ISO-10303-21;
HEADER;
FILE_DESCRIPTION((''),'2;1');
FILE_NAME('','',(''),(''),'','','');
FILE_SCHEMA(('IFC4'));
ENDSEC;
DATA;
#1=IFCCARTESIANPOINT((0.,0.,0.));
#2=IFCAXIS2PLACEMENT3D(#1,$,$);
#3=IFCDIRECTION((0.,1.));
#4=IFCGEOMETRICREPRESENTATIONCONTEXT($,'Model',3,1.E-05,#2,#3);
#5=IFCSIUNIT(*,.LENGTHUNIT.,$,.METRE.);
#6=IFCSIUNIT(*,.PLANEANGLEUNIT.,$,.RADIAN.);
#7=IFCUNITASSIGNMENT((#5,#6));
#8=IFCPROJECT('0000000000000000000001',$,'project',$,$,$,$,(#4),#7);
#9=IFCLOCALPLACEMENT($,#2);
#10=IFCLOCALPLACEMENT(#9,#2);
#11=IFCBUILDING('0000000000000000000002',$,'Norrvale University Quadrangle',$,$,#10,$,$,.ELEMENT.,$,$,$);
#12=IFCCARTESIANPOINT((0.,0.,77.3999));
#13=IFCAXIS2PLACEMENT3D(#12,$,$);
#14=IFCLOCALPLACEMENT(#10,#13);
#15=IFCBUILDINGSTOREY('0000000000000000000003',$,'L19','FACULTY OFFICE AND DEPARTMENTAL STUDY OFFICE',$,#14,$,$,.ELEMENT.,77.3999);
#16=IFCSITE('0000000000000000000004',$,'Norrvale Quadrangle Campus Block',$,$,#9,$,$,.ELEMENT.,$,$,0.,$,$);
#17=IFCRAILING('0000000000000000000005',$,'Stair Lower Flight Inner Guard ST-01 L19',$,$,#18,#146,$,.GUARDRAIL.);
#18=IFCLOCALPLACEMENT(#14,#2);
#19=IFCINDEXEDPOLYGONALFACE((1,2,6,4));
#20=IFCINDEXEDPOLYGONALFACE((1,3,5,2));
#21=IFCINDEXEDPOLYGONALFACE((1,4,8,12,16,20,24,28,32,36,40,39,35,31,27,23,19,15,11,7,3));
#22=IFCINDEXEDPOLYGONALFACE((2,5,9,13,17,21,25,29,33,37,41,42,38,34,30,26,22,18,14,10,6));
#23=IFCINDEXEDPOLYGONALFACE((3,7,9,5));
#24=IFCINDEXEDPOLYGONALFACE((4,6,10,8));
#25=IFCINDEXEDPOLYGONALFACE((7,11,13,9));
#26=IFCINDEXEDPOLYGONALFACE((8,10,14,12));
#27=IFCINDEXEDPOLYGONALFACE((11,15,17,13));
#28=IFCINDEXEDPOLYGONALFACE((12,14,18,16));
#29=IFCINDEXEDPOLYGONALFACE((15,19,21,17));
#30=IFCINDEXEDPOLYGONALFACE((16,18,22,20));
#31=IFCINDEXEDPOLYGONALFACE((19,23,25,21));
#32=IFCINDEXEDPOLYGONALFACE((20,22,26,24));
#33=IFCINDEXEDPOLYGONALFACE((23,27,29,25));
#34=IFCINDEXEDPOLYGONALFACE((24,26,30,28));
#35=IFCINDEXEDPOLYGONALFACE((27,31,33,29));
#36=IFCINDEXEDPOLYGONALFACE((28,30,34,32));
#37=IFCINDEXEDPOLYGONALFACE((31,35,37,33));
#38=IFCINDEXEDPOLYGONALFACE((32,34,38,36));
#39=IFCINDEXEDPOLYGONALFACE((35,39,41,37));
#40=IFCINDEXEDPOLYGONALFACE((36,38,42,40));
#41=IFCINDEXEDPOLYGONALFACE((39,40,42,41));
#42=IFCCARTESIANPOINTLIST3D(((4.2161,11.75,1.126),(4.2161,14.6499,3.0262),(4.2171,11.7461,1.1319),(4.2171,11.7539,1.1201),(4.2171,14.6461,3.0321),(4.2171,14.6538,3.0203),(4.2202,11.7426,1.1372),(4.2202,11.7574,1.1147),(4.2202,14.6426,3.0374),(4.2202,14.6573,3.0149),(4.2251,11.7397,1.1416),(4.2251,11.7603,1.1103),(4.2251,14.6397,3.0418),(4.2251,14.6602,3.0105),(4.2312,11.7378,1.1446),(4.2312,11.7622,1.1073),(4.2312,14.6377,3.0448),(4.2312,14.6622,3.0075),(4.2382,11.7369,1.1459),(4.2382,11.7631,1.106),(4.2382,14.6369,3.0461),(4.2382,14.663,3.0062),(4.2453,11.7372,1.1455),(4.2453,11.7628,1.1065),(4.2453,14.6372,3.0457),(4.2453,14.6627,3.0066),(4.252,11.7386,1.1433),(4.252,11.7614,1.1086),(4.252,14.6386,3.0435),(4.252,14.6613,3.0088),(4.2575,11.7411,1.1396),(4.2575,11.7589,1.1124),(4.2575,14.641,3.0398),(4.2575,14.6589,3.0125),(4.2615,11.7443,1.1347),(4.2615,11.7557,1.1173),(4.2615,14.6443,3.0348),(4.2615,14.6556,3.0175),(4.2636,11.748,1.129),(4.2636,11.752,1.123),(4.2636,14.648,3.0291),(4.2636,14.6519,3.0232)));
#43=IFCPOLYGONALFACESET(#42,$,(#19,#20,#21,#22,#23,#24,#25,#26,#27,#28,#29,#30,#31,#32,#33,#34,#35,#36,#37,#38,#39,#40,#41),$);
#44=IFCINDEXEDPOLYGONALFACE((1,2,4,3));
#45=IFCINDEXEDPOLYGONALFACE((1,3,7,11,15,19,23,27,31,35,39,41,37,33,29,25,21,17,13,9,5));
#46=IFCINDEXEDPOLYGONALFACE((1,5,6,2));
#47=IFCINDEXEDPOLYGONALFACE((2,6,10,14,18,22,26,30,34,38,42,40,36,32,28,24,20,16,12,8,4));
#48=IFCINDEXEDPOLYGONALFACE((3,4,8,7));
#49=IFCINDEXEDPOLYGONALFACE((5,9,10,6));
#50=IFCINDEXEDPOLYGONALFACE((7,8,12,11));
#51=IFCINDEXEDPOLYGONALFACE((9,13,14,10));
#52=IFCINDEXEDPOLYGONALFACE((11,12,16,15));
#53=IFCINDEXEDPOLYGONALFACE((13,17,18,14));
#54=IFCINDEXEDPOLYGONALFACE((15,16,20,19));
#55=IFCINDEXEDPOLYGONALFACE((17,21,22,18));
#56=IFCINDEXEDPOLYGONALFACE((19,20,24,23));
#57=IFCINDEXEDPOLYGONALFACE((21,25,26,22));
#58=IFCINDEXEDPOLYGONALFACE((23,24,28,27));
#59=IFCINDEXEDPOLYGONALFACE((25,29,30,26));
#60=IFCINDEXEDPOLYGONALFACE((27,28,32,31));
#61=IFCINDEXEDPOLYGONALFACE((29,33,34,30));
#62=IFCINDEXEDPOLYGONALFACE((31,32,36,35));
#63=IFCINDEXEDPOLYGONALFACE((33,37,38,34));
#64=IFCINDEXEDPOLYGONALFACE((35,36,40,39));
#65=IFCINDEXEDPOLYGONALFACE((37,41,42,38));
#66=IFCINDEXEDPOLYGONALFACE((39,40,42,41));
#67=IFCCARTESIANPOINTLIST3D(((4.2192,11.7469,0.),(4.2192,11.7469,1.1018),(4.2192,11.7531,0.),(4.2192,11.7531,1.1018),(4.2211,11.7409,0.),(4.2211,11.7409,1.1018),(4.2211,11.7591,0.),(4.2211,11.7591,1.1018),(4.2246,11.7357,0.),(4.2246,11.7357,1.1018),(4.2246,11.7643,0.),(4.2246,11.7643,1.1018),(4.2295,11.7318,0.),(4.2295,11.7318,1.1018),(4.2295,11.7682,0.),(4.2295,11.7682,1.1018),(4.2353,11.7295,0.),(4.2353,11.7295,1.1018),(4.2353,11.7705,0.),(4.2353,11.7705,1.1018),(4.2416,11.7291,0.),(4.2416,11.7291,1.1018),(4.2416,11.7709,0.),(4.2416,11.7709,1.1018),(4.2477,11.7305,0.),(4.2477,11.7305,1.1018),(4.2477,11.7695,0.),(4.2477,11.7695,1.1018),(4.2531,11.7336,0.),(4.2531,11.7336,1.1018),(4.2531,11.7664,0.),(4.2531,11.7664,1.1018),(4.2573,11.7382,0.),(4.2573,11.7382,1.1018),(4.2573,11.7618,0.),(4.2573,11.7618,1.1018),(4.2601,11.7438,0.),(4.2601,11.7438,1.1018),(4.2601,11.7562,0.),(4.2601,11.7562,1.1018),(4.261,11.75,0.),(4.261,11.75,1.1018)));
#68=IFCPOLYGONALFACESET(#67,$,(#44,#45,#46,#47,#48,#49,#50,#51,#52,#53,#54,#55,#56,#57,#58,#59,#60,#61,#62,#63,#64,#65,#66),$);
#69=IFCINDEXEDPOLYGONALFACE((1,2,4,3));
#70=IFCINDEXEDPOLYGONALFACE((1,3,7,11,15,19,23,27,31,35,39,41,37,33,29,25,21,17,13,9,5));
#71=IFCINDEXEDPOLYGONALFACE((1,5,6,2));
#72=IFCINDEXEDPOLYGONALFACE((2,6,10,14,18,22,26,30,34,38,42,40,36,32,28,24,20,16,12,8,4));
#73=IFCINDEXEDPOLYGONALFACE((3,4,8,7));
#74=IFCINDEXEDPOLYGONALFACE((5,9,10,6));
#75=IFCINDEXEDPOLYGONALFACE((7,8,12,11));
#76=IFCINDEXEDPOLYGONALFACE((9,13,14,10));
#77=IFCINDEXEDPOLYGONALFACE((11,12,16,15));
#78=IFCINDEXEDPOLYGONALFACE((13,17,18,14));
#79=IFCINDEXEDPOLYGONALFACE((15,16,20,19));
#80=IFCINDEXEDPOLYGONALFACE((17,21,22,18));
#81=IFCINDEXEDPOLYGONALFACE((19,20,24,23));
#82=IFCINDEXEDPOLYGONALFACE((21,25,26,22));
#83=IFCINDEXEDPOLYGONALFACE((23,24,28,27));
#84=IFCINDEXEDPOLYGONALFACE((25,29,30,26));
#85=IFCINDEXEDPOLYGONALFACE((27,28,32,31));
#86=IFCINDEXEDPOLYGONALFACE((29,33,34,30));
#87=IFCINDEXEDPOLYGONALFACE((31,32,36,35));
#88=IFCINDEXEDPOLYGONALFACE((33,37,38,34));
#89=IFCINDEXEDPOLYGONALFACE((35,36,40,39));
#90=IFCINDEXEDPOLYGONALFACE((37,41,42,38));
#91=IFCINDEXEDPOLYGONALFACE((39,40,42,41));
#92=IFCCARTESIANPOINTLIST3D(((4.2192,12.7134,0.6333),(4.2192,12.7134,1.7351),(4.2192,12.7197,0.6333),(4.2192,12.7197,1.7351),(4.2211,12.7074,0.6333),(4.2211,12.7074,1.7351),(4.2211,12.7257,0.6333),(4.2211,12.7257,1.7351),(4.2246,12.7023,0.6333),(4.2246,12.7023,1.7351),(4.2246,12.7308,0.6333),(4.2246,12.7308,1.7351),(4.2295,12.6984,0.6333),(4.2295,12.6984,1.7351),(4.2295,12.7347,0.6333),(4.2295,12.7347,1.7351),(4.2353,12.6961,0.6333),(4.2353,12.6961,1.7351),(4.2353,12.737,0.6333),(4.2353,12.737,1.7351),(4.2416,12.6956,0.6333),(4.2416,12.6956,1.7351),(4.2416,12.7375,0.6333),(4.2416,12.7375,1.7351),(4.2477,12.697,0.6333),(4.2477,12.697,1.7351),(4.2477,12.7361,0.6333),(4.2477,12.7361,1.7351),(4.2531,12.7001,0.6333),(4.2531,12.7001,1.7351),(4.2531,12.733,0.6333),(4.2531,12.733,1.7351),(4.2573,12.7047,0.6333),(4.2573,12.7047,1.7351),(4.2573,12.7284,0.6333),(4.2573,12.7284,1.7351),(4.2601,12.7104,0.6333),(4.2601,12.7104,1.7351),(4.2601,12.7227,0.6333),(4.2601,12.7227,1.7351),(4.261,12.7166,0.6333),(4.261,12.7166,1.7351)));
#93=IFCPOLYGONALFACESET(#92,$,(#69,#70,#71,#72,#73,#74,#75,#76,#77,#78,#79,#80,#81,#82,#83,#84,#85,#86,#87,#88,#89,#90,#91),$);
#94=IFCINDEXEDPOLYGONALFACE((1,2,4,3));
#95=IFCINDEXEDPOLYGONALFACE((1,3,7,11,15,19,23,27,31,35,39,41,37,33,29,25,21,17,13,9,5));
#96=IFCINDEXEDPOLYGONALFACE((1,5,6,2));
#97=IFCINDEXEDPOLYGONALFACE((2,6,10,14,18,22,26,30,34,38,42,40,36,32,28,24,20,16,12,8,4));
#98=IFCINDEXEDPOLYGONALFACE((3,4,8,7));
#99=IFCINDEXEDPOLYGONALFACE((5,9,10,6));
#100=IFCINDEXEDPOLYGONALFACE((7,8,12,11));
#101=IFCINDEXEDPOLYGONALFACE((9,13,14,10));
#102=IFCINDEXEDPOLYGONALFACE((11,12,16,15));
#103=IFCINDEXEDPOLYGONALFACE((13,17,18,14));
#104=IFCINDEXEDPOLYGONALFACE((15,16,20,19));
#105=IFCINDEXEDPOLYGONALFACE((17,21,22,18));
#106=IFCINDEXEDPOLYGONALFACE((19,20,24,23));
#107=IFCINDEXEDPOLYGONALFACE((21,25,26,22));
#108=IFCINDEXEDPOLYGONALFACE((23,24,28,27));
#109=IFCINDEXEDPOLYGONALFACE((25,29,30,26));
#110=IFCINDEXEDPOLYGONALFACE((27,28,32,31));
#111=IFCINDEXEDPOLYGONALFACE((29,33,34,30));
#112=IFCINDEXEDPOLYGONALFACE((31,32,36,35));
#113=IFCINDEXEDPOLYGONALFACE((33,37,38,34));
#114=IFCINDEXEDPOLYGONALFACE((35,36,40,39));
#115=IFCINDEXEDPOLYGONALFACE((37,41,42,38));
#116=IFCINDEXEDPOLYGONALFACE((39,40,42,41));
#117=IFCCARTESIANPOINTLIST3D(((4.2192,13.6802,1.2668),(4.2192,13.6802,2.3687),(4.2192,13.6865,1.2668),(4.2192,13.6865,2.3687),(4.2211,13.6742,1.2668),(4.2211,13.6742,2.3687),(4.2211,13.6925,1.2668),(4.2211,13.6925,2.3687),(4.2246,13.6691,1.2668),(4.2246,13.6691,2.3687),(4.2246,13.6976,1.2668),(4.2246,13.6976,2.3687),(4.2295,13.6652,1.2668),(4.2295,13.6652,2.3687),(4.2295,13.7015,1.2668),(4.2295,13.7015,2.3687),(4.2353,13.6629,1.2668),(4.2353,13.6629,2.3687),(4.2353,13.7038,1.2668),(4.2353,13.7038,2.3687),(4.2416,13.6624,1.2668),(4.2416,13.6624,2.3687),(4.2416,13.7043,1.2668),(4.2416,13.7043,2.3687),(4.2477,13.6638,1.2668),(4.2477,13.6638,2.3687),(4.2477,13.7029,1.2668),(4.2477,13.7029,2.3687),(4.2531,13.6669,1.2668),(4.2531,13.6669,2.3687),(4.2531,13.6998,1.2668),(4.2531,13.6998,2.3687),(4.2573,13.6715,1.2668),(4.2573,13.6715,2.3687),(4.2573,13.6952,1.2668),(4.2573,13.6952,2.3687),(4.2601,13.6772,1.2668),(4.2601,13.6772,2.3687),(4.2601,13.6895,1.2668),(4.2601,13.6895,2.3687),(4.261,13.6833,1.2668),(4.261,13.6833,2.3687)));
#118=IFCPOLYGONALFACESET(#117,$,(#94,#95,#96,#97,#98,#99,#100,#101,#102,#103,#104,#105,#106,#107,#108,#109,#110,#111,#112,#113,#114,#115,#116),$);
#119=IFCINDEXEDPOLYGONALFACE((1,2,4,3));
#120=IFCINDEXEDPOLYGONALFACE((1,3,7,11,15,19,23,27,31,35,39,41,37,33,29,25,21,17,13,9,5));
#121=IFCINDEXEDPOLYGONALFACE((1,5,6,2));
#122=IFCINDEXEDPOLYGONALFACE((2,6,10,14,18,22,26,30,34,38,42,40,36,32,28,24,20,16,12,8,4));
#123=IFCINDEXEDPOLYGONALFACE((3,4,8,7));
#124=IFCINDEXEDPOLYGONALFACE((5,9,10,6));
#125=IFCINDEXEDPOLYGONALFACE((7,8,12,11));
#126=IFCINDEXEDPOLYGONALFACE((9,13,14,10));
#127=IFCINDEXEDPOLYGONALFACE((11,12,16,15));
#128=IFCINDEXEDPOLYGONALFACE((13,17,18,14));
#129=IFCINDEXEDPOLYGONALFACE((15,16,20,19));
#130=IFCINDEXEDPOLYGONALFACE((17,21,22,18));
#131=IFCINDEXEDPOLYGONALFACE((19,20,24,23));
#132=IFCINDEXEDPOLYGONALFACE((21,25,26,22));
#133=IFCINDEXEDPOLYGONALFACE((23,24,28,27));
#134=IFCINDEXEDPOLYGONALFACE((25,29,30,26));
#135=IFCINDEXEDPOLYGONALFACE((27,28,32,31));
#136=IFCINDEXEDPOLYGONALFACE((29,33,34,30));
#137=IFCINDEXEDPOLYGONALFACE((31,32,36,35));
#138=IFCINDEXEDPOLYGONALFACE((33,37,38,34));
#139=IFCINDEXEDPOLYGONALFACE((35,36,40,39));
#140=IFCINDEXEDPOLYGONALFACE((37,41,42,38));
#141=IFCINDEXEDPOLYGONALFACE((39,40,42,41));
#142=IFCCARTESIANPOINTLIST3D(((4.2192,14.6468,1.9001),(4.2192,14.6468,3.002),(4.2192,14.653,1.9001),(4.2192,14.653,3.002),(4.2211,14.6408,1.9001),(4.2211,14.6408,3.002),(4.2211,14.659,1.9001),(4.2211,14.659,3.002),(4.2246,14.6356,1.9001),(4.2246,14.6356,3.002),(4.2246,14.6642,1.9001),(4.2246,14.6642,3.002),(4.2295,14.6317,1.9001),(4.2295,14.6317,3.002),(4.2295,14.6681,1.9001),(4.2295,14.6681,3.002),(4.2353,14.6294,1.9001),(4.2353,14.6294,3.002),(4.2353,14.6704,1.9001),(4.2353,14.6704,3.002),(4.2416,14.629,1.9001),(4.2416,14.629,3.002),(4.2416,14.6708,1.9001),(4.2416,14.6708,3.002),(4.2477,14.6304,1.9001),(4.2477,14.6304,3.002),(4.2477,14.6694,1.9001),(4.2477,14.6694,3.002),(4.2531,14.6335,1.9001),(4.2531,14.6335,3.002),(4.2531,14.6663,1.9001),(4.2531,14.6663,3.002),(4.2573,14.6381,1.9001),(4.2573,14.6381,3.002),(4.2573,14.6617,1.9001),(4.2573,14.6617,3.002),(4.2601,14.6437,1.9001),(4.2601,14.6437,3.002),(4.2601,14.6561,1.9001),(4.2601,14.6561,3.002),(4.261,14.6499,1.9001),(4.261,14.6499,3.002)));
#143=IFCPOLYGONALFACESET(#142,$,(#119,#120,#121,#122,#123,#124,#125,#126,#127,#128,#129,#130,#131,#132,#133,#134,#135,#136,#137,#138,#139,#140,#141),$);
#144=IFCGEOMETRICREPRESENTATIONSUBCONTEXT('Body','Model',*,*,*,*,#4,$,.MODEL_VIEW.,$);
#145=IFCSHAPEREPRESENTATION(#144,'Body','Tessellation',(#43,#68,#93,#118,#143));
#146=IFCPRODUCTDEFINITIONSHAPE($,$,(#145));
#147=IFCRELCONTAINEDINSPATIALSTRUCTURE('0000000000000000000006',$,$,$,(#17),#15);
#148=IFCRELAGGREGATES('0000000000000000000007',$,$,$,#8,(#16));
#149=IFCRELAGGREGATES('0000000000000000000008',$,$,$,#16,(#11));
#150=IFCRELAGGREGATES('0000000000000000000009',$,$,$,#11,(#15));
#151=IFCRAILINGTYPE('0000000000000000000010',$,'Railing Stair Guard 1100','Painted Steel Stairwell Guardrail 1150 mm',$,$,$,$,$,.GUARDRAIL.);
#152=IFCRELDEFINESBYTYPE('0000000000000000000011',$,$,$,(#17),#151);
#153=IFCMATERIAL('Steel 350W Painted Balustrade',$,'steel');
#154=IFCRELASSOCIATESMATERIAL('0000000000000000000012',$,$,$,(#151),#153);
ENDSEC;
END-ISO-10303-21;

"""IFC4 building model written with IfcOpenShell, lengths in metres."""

from ifc_helpers import new_model, si_unit, direction, frame, origin, origin_2d, place, context, subcontext, project, spatial, circle, extrude, material, type_object, element, save


model = new_model("IFC4")

# Units and contexts
model_context = context("Model", 3, precision=1e-05, world=origin(), true_north=direction((0.0, 1.0)))
body_context = subcontext(model_context, "Body", "Model", "MODEL_VIEW")
ifc_project = project(units=[si_unit("LENGTHUNIT", "METRE"), si_unit("PLANEANGLEUNIT", "RADIAN")], contexts=[model_context])

# Site, building, storey
site_placement = place(None, origin())
site = spatial("IfcSite", under=ifc_project, at=site_placement, Name="Norrvale Quadrangle Campus Block", CompositionType="ELEMENT", RefElevation=0.0)
building_placement = place(site_placement, origin())
building = spatial("IfcBuilding", under=site, at=building_placement, Name="Norrvale University Quadrangle", CompositionType="ELEMENT")
storey_placement = place(building_placement, frame((0.0, 0.0, 77.3999)))
storey = spatial("IfcBuildingStorey", under=building, at=storey_placement, Name="L19", Description="FACULTY OFFICE AND DEPARTMENTAL STUDY OFFICE", CompositionType="ELEMENT", Elevation=77.3999)

# Railing
ifc_material_1 = material(Name="Steel 350W Painted Balustrade", Category="steel")
railing_type_1 = type_object("IfcRailingType", Name="Railing Stair Guard 1100", Description="Painted Steel Stairwell Guardrail 1150 mm", PredefinedType="GUARDRAIL", material=ifc_material_1)
railing_1_placement = place(storey_placement, frame((4.24, 11.75, 0.0)))
element("IfcRailing", 1, at=railing_1_placement, inside=storey, type_object=railing_type_1, Name="Stair Lower Flight Inner Guard ST-01 L19", PredefinedType="GUARDRAIL", context=body_context, shape_type="SweptSolid", body=[
    extrude(circle(Radius=0.0239, at=origin_2d()), frame((0.0, 0.0, 1.126), z_axis=(0.0, 0.836433, 0.548069), x_axis=(-1.0, 0.0, 0.0)), (0.0, 0.0, 1.0), 3.467),
    extrude(circle(Radius=0.021, at=origin_2d()), origin(), (0.0, 0.0, 1.0), 1.1018),
    extrude(circle(Radius=0.021, at=origin_2d()), frame((0.0, 0.9666, 0.6333)), (0.0, 0.0, 1.0), 1.1018),
    extrude(circle(Radius=0.021, at=origin_2d()), frame((0.0, 1.9333, 1.2668)), (0.0, 0.0, 1.0), 1.1018),
    extrude(circle(Radius=0.021, at=origin_2d()), frame((0.0, 2.8999, 1.9001)), (0.0, 0.0, 1.0), 1.1018),
])

save(model, "model.ifc")
